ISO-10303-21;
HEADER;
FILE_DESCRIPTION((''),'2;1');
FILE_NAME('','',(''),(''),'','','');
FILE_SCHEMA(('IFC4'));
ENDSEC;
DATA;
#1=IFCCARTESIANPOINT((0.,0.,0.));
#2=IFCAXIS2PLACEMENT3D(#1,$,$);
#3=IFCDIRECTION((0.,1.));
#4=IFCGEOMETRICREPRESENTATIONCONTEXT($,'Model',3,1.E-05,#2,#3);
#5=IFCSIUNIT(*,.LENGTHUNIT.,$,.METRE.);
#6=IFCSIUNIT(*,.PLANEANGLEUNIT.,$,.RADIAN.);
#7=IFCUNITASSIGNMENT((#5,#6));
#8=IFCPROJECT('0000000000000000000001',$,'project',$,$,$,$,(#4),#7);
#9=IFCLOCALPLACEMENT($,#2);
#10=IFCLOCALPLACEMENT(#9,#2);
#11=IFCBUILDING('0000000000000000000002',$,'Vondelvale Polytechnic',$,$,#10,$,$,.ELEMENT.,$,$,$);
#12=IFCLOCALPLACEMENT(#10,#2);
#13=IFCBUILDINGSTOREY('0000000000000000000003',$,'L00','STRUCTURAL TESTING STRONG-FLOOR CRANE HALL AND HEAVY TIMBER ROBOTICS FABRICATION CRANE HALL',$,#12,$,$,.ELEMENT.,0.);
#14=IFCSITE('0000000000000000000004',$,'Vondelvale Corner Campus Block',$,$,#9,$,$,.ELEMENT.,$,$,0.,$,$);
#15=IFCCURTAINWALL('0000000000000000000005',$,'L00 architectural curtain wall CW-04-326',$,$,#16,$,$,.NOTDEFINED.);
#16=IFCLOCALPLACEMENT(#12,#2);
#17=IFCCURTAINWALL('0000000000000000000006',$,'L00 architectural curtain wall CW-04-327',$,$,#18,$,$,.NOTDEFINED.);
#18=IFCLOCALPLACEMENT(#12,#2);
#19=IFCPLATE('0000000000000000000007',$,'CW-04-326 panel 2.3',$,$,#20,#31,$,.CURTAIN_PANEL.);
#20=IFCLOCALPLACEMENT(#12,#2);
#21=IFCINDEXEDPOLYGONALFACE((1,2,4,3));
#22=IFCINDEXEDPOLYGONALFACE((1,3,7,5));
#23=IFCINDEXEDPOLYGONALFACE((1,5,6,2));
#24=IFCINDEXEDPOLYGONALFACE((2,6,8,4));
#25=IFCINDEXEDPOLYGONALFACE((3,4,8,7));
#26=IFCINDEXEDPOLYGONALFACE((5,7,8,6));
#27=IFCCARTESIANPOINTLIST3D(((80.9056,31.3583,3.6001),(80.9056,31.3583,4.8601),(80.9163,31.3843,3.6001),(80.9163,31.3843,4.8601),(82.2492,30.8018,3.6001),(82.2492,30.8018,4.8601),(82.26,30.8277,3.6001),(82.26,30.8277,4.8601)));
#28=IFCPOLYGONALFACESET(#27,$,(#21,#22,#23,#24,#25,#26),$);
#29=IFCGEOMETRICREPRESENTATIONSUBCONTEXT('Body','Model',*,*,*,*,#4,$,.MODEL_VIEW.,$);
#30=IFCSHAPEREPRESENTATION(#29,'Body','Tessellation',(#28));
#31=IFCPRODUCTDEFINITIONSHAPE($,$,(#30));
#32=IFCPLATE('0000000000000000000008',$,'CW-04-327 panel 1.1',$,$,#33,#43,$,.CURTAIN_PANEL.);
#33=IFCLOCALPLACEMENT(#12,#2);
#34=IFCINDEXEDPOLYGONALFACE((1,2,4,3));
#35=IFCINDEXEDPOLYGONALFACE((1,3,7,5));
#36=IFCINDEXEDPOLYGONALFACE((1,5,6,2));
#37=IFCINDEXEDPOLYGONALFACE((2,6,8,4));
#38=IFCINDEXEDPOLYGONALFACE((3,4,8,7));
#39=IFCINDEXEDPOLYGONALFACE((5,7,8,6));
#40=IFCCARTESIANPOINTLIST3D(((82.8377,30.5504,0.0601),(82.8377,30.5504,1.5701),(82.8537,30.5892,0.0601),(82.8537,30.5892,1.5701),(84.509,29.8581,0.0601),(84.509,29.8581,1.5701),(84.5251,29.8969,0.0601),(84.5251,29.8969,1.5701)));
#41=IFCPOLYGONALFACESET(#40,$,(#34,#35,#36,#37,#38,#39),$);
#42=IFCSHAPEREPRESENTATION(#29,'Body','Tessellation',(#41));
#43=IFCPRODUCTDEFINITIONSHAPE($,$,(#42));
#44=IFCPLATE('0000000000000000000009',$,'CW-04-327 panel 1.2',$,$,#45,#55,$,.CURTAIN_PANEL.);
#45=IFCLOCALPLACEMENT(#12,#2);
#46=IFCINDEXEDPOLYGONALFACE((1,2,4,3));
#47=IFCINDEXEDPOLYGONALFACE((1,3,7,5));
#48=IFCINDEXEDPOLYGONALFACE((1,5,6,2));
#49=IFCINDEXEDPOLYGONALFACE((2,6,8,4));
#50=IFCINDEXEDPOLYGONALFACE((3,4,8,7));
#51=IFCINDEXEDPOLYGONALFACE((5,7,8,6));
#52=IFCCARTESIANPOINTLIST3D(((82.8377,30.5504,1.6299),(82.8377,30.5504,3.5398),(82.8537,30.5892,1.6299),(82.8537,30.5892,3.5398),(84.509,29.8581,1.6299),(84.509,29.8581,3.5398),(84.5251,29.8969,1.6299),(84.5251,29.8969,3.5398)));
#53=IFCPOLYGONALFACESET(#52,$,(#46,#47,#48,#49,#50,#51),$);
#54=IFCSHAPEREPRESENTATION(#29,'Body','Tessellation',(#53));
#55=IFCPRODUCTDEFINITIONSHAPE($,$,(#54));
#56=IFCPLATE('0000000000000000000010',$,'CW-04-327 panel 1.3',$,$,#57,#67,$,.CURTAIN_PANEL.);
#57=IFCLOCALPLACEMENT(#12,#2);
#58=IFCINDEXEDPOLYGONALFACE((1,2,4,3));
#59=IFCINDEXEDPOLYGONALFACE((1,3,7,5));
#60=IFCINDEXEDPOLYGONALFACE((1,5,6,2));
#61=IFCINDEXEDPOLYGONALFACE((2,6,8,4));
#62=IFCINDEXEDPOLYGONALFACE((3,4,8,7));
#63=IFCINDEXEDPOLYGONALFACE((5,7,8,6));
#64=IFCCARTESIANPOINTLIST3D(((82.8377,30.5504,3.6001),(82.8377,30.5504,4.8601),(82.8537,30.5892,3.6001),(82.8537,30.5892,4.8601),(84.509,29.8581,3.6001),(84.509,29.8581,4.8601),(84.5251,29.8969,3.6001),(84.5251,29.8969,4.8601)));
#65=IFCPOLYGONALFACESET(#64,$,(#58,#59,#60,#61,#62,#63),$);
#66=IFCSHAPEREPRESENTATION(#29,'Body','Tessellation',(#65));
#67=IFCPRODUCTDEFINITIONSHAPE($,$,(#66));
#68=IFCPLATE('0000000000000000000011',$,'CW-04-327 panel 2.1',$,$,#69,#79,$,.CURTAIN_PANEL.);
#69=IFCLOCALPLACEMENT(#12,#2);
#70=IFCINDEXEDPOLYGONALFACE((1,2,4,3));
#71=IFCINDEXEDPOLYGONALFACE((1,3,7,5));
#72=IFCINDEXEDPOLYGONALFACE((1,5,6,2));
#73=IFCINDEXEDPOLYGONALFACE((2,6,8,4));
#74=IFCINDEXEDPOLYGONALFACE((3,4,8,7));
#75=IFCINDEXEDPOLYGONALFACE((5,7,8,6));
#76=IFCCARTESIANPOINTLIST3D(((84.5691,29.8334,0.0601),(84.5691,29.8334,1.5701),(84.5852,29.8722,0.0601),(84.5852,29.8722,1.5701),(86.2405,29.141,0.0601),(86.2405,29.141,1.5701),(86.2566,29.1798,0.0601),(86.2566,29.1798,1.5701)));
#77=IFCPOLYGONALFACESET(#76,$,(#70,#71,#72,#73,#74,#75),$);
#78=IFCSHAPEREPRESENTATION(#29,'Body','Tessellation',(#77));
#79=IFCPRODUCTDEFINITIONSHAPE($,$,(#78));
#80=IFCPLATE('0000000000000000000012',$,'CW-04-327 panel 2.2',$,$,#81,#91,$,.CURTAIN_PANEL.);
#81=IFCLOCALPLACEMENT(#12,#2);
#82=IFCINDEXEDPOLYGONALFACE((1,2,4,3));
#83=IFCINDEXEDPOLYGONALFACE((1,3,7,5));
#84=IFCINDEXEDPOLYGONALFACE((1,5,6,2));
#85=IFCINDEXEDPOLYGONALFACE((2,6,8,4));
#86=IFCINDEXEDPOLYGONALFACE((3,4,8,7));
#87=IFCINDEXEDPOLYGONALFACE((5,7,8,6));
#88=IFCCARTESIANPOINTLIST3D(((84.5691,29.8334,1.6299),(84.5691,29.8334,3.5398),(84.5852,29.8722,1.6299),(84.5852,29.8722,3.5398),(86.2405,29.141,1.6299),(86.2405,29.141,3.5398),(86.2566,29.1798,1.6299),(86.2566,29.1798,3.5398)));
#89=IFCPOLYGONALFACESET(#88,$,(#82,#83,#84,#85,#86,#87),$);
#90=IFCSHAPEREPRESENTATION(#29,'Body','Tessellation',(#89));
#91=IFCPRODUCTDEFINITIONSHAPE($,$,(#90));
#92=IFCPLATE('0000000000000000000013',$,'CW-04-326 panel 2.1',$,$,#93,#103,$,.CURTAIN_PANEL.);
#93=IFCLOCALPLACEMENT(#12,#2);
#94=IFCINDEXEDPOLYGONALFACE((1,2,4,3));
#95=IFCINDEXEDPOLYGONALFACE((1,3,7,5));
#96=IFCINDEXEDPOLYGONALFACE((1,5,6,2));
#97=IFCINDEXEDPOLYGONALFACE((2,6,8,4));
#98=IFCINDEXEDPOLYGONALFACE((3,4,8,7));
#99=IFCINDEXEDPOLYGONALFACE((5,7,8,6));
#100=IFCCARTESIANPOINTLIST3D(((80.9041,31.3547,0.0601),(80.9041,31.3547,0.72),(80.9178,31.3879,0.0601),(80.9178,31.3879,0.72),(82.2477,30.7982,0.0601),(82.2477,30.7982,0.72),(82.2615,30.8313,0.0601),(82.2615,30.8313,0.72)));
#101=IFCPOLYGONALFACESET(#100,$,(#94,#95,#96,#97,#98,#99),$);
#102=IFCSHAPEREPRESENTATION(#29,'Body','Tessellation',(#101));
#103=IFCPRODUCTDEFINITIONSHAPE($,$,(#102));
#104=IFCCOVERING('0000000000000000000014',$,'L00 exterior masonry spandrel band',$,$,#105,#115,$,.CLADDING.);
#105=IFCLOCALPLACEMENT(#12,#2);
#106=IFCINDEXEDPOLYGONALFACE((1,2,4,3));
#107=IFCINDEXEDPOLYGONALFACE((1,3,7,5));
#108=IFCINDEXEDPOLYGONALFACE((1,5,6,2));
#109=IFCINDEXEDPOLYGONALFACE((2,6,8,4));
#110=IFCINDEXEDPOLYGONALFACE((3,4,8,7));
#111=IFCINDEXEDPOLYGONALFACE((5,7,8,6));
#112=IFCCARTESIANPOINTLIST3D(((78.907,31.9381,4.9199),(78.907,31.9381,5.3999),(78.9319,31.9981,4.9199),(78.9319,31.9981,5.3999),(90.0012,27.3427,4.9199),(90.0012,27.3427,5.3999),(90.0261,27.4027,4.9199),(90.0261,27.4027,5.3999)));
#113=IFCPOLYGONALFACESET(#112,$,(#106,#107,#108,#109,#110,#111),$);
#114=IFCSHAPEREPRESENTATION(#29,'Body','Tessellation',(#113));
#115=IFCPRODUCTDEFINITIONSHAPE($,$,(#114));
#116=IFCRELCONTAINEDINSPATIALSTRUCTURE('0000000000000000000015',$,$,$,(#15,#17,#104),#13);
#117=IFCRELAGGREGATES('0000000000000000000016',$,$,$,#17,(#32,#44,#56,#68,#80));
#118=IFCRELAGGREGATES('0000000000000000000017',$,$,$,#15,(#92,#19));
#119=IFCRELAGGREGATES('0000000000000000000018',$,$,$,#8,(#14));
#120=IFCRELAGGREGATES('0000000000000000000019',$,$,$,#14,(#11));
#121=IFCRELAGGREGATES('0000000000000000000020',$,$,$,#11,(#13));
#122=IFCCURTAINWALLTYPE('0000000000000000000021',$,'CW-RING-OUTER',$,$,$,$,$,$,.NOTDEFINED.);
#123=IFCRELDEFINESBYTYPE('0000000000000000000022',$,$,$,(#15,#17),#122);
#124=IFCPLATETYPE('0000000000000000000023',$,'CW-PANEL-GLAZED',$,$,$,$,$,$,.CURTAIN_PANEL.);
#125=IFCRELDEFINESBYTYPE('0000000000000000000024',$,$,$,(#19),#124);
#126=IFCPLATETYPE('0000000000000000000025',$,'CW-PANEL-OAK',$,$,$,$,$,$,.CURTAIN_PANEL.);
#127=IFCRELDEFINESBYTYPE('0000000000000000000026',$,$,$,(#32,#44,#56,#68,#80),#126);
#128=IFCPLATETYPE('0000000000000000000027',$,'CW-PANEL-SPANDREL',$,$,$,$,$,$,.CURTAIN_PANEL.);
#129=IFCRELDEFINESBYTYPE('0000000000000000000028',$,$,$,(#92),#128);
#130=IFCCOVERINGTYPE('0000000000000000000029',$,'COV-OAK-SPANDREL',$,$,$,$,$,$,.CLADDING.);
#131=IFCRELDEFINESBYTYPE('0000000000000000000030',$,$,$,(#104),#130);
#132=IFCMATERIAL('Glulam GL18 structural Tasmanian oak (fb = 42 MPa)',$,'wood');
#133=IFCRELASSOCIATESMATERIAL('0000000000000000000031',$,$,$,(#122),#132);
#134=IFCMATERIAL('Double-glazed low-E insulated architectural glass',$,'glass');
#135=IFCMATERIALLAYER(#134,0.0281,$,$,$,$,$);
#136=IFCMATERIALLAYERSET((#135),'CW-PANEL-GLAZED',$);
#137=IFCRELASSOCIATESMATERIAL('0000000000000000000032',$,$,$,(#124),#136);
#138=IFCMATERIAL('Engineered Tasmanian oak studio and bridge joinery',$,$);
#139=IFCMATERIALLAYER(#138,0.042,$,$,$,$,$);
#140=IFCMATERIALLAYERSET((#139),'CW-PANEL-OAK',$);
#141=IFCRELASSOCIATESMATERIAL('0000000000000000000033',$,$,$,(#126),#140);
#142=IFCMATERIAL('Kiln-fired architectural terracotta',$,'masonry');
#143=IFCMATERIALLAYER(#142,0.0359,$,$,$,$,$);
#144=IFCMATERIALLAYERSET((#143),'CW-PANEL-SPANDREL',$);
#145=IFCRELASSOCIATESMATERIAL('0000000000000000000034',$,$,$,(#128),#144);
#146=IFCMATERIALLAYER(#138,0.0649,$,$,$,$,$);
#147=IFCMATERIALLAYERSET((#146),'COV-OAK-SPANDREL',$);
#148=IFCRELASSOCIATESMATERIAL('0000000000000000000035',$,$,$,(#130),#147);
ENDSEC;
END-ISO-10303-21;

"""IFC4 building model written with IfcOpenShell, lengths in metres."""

from ifc_helpers import new_model, si_unit, direction, frame, origin, origin_2d, place, context, subcontext, project, spatial, rectangle, extrude, material, layer, layer_set, type_object, element, aggregate, save


model = new_model("IFC4")

# Units and contexts
model_context = context("Model", 3, precision=1e-05, world=origin(), true_north=direction((0.0, 1.0)))
body_context = subcontext(model_context, "Body", "Model", "MODEL_VIEW")
ifc_project = project(units=[si_unit("LENGTHUNIT", "METRE"), si_unit("PLANEANGLEUNIT", "RADIAN")], contexts=[model_context])

# Site, building, storey
site_placement = place(None, origin())
site = spatial("IfcSite", under=ifc_project, at=site_placement, Name="Vondelvale Corner Campus Block", CompositionType="ELEMENT", RefElevation=0.0)
building_placement = place(site_placement, origin())
building = spatial("IfcBuilding", under=site, at=building_placement, Name="Vondelvale Polytechnic", CompositionType="ELEMENT")
storey_placement = place(building_placement, origin())
storey = spatial("IfcBuildingStorey", under=building, at=storey_placement, Name="L00", Description="STRUCTURAL TESTING STRONG-FLOOR CRANE HALL AND HEAVY TIMBER ROBOTICS FABRICATION CRANE HALL", CompositionType="ELEMENT", Elevation=0.0)

# Shared definitions
ifc_material_1 = material(Name="Glulam GL18 structural Tasmanian oak (fb = 42 MPa)", Category="wood")

# Curtain walls
curtain_wall_type = type_object("IfcCurtainWallType", Name="CW-RING-OUTER", PredefinedType="NOTDEFINED", material=ifc_material_1)
curtain_wall_1_placement = place(storey_placement, origin())
curtain_wall_1 = element("IfcCurtainWall", 1, at=curtain_wall_1_placement, inside=storey, type_object=curtain_wall_type, Name="L00 architectural curtain wall CW-04-326", PredefinedType="NOTDEFINED")
curtain_wall_2_placement = place(storey_placement, origin())
curtain_wall_2 = element("IfcCurtainWall", 2, at=curtain_wall_2_placement, inside=storey, type_object=curtain_wall_type, Name="L00 architectural curtain wall CW-04-327", PredefinedType="NOTDEFINED")

# Plates
ifc_material_2 = material(Name="Double-glazed low-E insulated architectural glass", Category="glass")
ifc_layer_1 = layer(ifc_material_2, 0.0281)
ifc_layer_set_1 = layer_set([ifc_layer_1], Name="CW-PANEL-GLAZED")
plate_type_1 = type_object("IfcPlateType", Name="CW-PANEL-GLAZED", PredefinedType="CURTAIN_PANEL", material=ifc_layer_set_1)
plate_1_placement = place(storey_placement, frame((81.5828, 31.093, 3.6001), z_axis=(0.0, 0.0, 1.0), x_axis=(0.923881, -0.382679, 0.0)))
plate_1 = element("IfcPlate", 3, at=plate_1_placement, type_object=plate_type_1, Name="CW-04-326 panel 2.3", PredefinedType="CURTAIN_PANEL", context=body_context, shape_type="SweptSolid", body=[
    extrude(rectangle(XDim=1.4543, YDim=0.0281, at=origin_2d()), origin(), (0.0, 0.0, 1.0), 1.26),
])
ifc_material_3 = material(Name="Engineered Tasmanian oak studio and bridge joinery")
ifc_layer_2 = layer(ifc_material_3, 0.042)
ifc_layer_set_2 = layer_set([ifc_layer_2], Name="CW-PANEL-OAK")
plate_type_2 = type_object("IfcPlateType", Name="CW-PANEL-OAK", PredefinedType="CURTAIN_PANEL", material=ifc_layer_set_2)
plate_2_placement = place(storey_placement, frame((83.6814, 30.2236, 0.0601), z_axis=(0.0, 0.0, 1.0), x_axis=(0.923875, -0.382695, 0.0)))
plate_2 = element("IfcPlate", 4, at=plate_2_placement, type_object=plate_type_2, Name="CW-04-327 panel 1.1", PredefinedType="CURTAIN_PANEL", context=body_context, shape_type="SweptSolid", body=[
    extrude(rectangle(XDim=1.8091, YDim=0.042, at=origin_2d()), origin(), (0.0, 0.0, 1.0), 1.51),
])
plate_3_placement = place(storey_placement, frame((83.6814, 30.2236, 1.6299), z_axis=(0.0, 0.0, 1.0), x_axis=(0.923875, -0.382695, 0.0)))
plate_3 = element("IfcPlate", 5, at=plate_3_placement, type_object=plate_type_2, Name="CW-04-327 panel 1.2", PredefinedType="CURTAIN_PANEL", context=body_context, shape_type="SweptSolid", body=[
    extrude(rectangle(XDim=1.8091, YDim=0.042, at=origin_2d()), origin(), (0.0, 0.0, 1.0), 1.9099),
])
plate_4_placement = place(storey_placement, frame((83.6814, 30.2236, 3.6001), z_axis=(0.0, 0.0, 1.0), x_axis=(0.923875, -0.382695, 0.0)))
plate_4 = element("IfcPlate", 6, at=plate_4_placement, type_object=plate_type_2, Name="CW-04-327 panel 1.3", PredefinedType="CURTAIN_PANEL", context=body_context, shape_type="SweptSolid", body=[
    extrude(rectangle(XDim=1.8091, YDim=0.042, at=origin_2d()), origin(), (0.0, 0.0, 1.0), 1.26),
])
plate_5_placement = place(storey_placement, frame((85.4128, 29.5066, 0.0601), z_axis=(0.0, 0.0, 1.0), x_axis=(0.923875, -0.382695, 0.0)))
plate_5 = element("IfcPlate", 7, at=plate_5_placement, type_object=plate_type_2, Name="CW-04-327 panel 2.1", PredefinedType="CURTAIN_PANEL", context=body_context, shape_type="SweptSolid", body=[
    extrude(rectangle(XDim=1.8091, YDim=0.042, at=origin_2d()), origin(), (0.0, 0.0, 1.0), 1.51),
])
plate_6_placement = place(storey_placement, frame((85.4128, 29.5066, 1.6299), z_axis=(0.0, 0.0, 1.0), x_axis=(0.923875, -0.382695, 0.0)))
plate_6 = element("IfcPlate", 8, at=plate_6_placement, type_object=plate_type_2, Name="CW-04-327 panel 2.2", PredefinedType="CURTAIN_PANEL", context=body_context, shape_type="SweptSolid", body=[
    extrude(rectangle(XDim=1.8091, YDim=0.042, at=origin_2d()), origin(), (0.0, 0.0, 1.0), 1.9099),
])
aggregate(curtain_wall_2, [plate_2, plate_3, plate_4, plate_5, plate_6])
ifc_material_4 = material(Name="Kiln-fired architectural terracotta", Category="masonry")
ifc_layer_3 = layer(ifc_material_4, 0.0359)
ifc_layer_set_3 = layer_set([ifc_layer_3], Name="CW-PANEL-SPANDREL")
plate_type_3 = type_object("IfcPlateType", Name="CW-PANEL-SPANDREL", PredefinedType="CURTAIN_PANEL", material=ifc_layer_set_3)
plate_7_placement = place(storey_placement, frame((81.5828, 31.093, 0.0601), z_axis=(0.0, 0.0, 1.0), x_axis=(0.923881, -0.382679, 0.0)))
plate_7 = element("IfcPlate", 9, at=plate_7_placement, type_object=plate_type_3, Name="CW-04-326 panel 2.1", PredefinedType="CURTAIN_PANEL", context=body_context, shape_type="SweptSolid", body=[
    extrude(rectangle(XDim=1.4543, YDim=0.0359, at=origin_2d()), origin(), (0.0, 0.0, 1.0), 0.6599),
])
aggregate(curtain_wall_1, [plate_7, plate_1])

# Covering
ifc_layer_4 = layer(ifc_material_3, 0.0649)
ifc_layer_set_4 = layer_set([ifc_layer_4], Name="COV-OAK-SPANDREL")
covering_type = type_object("IfcCoveringType", Name="COV-OAK-SPANDREL", PredefinedType="CLADDING", material=ifc_layer_set_4)
covering_placement = place(storey_placement, frame((84.4666, 29.6704, 4.9199), z_axis=(0.0, 0.0, 1.0), x_axis=(0.92388, -0.382683, 0.0)))
element("IfcCovering", 10, at=covering_placement, inside=storey, type_object=covering_type, Name="L00 exterior masonry spandrel band", PredefinedType="CLADDING", context=body_context, shape_type="SweptSolid", body=[
    extrude(rectangle(XDim=12.0083, YDim=0.0649, at=origin_2d()), origin(), (0.0, 0.0, 1.0), 0.48),
])

save(model, "model.ifc")
